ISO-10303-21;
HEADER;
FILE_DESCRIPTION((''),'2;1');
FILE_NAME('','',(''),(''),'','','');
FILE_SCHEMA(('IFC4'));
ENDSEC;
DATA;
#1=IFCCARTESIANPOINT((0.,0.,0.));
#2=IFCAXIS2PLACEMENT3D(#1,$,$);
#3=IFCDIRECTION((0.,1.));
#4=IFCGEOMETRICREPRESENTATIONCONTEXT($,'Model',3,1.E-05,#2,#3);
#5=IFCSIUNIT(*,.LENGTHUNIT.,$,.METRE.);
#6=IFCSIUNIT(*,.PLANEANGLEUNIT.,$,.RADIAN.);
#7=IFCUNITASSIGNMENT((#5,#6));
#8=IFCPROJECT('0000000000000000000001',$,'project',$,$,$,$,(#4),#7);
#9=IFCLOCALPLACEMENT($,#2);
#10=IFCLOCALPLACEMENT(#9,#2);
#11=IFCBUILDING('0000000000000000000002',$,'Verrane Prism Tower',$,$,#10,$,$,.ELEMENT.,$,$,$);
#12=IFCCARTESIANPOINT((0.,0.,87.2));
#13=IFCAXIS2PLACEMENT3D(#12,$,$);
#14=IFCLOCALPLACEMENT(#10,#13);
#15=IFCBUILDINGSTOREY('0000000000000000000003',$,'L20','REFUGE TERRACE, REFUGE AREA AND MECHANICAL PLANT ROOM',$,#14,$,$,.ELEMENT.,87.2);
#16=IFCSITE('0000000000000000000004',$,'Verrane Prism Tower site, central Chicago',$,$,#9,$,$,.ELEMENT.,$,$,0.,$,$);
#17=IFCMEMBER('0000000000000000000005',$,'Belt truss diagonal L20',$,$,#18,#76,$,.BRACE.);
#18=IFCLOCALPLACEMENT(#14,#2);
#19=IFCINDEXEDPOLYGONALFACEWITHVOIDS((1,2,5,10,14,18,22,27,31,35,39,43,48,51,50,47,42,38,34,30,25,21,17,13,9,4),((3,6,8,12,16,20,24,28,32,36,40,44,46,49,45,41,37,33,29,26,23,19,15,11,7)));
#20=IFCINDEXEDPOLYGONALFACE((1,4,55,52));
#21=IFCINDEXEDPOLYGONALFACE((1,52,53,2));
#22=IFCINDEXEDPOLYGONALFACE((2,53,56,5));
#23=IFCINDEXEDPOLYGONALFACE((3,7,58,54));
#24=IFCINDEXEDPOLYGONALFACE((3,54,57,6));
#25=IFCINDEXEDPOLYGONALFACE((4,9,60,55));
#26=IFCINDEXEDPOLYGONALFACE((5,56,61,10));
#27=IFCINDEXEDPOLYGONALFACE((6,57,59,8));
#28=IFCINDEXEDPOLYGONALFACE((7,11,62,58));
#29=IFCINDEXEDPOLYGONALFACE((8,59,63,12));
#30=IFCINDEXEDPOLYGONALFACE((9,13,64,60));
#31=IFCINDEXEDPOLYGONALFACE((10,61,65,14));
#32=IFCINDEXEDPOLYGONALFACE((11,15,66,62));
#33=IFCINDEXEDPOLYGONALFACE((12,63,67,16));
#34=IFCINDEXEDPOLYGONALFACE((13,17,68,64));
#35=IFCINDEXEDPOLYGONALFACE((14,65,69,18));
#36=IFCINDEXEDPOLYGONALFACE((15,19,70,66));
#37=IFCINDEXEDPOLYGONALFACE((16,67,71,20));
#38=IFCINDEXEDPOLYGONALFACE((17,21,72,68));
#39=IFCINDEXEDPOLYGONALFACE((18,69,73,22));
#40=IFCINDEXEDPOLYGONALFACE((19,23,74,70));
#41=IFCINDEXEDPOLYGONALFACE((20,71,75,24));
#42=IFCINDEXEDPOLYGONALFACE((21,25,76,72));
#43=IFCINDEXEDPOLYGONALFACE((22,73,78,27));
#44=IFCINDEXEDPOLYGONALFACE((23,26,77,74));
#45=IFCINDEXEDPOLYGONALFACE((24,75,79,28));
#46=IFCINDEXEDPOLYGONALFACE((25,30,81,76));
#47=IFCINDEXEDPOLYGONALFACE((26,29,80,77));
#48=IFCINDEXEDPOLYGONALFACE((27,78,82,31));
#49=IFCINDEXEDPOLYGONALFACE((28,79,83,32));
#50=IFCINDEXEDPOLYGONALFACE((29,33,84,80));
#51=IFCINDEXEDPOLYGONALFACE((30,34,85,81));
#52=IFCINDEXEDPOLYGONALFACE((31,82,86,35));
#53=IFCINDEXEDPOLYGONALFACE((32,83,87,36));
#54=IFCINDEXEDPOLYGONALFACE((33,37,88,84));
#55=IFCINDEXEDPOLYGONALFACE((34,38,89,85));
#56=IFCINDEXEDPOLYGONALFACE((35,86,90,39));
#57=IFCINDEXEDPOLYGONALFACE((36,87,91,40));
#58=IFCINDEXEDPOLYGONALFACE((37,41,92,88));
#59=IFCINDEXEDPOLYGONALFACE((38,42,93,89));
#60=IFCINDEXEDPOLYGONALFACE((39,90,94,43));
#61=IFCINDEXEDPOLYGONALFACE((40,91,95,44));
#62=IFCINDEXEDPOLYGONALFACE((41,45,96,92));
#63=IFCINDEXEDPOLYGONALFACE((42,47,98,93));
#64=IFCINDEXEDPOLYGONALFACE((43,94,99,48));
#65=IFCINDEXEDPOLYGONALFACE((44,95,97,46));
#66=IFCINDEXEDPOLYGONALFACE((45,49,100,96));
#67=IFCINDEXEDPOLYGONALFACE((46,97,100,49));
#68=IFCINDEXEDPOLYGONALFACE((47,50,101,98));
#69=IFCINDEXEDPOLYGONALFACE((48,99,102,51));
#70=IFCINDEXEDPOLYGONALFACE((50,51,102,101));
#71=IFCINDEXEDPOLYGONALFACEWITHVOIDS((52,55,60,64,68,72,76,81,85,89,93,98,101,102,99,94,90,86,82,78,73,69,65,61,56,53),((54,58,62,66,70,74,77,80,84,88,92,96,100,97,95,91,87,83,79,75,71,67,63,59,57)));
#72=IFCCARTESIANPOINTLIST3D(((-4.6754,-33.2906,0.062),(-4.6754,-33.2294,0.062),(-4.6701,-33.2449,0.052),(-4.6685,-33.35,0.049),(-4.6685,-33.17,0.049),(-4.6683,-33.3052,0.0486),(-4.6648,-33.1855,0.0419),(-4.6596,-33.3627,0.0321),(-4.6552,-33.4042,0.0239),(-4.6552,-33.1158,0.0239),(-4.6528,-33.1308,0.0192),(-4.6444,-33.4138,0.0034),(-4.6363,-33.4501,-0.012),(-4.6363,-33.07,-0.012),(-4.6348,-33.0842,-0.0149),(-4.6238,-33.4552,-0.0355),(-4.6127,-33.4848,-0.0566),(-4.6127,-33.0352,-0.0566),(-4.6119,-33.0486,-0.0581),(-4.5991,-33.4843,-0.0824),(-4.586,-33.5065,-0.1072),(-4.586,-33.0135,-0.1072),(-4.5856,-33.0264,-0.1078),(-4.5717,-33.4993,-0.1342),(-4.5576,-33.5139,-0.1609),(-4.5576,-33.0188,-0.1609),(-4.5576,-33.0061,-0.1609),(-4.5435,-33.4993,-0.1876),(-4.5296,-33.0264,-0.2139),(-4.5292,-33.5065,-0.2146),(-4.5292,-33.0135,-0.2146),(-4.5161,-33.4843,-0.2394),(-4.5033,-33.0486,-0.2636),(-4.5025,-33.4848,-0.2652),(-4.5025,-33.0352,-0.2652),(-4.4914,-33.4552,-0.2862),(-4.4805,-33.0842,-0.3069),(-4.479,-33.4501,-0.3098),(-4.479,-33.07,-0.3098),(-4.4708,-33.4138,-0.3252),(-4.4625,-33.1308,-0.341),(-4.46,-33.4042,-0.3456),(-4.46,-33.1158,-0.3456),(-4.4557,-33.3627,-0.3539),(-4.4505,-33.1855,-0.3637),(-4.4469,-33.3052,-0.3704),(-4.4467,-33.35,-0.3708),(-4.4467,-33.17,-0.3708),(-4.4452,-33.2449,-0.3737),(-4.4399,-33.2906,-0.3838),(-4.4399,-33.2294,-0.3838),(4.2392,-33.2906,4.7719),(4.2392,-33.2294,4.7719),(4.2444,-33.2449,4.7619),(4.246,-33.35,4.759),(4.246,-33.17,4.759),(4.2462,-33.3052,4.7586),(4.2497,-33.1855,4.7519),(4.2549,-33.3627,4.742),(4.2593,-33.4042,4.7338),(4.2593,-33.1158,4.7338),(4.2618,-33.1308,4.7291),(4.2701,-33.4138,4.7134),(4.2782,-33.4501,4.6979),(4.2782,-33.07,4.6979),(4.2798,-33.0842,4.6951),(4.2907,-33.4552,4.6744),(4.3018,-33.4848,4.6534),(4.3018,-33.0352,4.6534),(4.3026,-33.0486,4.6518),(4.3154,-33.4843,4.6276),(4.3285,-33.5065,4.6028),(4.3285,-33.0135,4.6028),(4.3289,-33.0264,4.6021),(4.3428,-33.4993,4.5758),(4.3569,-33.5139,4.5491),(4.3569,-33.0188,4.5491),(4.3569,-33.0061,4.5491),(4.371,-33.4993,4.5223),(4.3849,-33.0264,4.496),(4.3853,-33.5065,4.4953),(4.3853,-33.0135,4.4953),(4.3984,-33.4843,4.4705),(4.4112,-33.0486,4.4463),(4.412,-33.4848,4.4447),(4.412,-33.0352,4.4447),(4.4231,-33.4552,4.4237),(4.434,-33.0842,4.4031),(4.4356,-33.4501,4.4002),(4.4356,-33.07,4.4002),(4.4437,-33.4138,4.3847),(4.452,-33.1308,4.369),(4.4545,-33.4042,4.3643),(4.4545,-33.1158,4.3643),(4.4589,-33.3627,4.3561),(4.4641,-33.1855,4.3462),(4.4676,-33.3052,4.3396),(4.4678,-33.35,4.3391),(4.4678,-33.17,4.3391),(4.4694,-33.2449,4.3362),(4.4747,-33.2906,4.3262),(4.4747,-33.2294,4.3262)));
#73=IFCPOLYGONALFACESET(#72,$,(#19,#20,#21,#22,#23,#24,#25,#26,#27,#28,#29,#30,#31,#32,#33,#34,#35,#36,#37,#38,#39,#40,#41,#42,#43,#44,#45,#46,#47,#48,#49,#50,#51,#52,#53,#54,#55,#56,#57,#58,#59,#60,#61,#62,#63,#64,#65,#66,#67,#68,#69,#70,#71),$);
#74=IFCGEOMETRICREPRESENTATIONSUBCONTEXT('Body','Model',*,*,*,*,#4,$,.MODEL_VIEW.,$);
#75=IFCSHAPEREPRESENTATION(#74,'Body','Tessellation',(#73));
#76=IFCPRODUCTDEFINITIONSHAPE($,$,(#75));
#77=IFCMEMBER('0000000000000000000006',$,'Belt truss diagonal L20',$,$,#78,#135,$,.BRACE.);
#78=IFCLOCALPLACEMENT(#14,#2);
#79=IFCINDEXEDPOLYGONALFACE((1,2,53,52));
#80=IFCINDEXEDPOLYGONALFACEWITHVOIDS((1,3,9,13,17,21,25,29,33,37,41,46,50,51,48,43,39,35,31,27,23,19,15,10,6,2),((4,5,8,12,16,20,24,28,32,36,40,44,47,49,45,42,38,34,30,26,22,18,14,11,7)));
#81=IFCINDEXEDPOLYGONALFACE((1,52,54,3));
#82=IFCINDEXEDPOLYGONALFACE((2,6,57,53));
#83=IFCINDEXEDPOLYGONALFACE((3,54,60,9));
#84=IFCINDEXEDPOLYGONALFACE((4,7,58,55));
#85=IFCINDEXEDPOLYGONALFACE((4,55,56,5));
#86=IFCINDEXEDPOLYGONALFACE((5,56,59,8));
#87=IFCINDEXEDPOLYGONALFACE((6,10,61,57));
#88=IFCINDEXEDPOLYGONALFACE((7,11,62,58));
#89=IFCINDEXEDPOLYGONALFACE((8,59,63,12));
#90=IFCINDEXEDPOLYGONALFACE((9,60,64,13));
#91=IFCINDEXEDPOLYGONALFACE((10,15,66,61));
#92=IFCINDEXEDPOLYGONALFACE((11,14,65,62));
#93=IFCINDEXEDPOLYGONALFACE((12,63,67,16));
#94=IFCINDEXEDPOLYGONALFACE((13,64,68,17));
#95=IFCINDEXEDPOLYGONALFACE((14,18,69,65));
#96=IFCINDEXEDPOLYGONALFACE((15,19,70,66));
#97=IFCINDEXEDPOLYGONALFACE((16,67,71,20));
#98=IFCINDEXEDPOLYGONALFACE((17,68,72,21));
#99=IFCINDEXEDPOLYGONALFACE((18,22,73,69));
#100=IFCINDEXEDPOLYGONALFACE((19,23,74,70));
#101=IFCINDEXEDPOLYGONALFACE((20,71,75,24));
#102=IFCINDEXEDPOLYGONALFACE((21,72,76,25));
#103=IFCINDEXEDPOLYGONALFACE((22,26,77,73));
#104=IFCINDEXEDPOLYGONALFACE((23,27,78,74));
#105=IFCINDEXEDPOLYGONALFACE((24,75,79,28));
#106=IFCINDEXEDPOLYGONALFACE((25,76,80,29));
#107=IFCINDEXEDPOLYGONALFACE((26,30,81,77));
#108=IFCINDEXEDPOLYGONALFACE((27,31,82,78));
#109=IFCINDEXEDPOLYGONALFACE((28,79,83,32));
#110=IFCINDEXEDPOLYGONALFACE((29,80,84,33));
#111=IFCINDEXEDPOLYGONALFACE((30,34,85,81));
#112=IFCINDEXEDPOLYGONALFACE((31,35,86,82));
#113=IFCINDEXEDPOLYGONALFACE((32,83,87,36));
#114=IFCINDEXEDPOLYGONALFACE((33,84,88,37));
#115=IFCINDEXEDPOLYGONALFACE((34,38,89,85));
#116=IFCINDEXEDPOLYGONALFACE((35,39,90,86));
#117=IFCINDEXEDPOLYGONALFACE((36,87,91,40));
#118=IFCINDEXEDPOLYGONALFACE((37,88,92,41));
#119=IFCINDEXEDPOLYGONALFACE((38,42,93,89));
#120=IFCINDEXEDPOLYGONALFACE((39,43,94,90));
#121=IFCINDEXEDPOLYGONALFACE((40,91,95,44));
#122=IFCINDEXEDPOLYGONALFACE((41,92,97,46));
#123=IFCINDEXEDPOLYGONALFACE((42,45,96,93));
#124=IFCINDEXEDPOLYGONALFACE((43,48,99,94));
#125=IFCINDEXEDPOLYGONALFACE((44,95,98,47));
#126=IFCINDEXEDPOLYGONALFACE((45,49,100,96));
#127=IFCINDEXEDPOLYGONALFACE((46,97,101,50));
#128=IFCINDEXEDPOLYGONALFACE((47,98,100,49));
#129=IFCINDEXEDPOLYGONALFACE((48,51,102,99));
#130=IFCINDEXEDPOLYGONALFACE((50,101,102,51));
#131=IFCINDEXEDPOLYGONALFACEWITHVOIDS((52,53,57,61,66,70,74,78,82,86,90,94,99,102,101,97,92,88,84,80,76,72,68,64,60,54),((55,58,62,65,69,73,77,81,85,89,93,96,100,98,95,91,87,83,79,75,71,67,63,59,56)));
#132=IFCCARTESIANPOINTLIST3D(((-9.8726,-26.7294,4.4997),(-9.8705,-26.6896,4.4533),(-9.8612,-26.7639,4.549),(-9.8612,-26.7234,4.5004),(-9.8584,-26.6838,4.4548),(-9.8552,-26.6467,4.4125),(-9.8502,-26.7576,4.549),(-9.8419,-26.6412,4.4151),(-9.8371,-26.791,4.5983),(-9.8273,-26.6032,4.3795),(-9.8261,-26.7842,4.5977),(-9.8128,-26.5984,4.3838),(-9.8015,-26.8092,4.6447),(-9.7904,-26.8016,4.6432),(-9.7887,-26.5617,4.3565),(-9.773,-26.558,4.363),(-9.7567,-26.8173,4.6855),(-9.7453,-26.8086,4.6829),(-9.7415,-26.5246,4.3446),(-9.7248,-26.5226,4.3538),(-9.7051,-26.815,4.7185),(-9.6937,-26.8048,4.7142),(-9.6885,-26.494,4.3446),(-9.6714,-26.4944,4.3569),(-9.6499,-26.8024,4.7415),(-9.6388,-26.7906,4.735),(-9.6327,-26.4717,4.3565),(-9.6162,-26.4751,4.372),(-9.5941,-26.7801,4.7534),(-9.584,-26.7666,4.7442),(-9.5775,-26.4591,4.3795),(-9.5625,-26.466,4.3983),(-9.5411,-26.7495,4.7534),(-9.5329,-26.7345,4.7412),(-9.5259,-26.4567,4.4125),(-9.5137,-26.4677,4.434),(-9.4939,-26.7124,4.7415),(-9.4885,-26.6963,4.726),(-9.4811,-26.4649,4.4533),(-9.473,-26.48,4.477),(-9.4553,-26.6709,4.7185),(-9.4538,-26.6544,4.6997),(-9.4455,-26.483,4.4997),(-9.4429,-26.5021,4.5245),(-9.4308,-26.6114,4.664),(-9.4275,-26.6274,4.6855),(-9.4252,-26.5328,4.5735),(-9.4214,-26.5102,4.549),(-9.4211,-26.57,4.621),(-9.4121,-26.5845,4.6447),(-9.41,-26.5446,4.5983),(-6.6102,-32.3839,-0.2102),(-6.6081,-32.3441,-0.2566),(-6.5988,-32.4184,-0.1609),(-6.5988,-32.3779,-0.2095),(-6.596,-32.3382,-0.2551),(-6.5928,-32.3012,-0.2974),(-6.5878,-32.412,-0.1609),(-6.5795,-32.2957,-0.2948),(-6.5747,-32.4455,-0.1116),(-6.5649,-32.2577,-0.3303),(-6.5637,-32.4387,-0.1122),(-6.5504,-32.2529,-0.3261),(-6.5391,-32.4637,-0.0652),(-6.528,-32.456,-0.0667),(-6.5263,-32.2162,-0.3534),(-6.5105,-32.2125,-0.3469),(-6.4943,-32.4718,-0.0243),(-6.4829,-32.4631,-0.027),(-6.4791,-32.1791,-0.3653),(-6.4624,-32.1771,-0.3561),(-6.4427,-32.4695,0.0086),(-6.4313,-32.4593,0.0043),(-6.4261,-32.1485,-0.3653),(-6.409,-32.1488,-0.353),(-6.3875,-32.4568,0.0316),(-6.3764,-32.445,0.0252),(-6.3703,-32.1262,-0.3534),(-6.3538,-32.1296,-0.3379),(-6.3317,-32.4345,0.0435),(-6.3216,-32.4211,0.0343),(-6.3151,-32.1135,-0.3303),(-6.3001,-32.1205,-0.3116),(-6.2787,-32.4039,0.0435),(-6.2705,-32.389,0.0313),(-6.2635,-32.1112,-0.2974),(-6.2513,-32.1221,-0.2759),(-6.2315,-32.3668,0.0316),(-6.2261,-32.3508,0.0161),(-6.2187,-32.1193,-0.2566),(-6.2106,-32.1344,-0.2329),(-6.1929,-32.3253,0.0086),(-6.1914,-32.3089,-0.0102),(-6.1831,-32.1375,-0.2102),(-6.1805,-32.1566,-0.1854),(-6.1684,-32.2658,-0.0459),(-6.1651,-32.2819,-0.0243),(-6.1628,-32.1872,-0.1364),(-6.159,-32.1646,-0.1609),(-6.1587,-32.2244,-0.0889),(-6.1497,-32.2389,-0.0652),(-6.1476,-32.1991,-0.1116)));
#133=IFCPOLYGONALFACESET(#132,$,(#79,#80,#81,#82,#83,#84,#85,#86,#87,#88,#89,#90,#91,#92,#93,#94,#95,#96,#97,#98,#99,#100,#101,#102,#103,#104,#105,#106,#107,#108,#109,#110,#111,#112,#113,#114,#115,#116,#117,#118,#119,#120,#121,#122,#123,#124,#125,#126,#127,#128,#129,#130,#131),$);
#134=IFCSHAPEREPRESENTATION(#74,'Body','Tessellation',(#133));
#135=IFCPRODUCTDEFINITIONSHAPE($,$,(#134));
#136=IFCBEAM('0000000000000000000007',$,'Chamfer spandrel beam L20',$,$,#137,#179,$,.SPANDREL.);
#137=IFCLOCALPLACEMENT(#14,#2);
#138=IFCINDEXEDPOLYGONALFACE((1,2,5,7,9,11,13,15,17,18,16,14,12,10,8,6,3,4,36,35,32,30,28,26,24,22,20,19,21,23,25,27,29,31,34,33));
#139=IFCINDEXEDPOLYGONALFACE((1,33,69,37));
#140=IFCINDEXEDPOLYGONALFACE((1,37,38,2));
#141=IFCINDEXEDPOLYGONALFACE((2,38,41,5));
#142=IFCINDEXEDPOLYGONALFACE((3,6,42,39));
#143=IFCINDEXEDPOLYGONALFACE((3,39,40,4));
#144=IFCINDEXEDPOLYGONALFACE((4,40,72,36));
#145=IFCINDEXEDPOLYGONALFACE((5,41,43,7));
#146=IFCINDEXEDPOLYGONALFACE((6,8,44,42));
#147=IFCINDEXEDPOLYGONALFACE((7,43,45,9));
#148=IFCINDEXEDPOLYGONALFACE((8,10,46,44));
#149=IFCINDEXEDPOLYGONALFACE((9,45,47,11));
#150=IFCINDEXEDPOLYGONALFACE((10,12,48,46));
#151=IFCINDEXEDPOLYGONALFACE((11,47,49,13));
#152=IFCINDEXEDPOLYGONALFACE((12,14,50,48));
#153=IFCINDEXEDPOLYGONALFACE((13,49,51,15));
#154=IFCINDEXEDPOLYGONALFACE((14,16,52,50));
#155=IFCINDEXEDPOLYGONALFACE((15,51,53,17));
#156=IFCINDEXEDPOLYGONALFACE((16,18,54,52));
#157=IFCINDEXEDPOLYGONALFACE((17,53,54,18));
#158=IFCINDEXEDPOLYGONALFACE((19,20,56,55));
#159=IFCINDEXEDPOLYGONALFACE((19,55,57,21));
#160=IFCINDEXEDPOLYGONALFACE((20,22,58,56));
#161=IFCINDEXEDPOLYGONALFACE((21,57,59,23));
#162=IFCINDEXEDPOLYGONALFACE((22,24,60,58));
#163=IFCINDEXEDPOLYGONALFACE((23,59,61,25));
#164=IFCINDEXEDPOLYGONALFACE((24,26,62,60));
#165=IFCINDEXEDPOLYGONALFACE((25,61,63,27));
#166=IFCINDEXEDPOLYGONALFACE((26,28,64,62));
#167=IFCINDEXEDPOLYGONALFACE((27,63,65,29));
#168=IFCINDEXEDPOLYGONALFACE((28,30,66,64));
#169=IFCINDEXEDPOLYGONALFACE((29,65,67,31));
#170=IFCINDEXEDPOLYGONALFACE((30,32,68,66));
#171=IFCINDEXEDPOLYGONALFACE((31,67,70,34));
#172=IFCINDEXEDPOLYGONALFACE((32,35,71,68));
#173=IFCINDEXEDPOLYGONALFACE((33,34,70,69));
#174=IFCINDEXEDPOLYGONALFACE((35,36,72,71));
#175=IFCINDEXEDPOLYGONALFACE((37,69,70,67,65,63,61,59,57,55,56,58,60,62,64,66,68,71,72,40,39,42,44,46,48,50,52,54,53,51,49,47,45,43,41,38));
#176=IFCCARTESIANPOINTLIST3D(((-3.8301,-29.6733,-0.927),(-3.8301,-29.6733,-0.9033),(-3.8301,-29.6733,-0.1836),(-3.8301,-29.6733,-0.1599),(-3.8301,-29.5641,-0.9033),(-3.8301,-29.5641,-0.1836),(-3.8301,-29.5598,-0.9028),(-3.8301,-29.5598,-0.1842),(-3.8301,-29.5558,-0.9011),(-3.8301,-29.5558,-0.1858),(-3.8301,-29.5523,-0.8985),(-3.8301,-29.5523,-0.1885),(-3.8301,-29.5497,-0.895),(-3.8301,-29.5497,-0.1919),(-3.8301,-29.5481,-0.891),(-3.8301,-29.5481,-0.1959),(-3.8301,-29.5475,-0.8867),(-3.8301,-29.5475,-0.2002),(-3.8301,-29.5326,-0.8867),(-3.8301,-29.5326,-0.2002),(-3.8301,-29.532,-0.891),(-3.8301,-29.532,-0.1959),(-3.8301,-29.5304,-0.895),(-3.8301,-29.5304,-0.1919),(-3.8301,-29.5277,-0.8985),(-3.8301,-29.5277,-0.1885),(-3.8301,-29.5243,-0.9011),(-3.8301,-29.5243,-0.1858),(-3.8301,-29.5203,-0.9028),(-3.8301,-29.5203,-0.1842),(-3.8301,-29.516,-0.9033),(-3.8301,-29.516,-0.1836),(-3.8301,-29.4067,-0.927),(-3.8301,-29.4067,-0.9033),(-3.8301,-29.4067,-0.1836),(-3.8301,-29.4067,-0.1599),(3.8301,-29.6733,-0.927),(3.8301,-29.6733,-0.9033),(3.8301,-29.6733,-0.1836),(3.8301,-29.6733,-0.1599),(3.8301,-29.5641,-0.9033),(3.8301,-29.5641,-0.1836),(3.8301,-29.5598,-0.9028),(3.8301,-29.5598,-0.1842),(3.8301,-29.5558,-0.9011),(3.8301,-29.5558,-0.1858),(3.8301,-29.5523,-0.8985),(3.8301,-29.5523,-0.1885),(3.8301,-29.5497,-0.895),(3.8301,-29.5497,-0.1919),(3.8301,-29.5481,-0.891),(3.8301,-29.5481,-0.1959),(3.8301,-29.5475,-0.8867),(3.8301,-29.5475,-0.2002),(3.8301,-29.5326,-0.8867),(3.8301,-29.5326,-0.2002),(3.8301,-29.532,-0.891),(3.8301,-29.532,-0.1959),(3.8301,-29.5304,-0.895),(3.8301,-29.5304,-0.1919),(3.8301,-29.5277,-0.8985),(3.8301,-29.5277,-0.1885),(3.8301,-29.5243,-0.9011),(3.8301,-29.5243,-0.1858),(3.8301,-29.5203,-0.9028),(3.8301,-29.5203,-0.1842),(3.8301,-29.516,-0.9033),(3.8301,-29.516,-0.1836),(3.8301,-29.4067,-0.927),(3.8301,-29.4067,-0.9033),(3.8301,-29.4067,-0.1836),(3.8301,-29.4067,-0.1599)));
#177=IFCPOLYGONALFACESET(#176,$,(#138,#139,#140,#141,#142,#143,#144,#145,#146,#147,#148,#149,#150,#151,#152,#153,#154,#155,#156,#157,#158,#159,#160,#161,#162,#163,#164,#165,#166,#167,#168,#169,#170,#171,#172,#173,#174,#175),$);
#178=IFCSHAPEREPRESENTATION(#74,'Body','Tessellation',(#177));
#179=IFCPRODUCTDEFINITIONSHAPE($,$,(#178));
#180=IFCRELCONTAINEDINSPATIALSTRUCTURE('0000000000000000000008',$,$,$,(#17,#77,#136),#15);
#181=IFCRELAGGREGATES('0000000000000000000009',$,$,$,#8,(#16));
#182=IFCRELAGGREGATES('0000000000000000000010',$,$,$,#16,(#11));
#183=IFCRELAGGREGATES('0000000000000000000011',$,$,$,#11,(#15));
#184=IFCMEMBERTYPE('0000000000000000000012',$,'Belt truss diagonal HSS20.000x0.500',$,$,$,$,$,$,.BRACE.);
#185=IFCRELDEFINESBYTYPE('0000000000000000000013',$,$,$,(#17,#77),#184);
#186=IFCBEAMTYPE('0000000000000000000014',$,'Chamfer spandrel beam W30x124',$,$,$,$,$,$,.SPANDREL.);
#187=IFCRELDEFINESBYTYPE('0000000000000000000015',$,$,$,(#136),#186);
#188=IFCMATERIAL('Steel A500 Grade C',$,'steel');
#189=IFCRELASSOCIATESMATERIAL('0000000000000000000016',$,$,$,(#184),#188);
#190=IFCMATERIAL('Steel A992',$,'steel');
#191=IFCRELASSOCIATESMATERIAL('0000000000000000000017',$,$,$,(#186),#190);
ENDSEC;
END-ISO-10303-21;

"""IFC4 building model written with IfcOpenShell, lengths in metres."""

from ifc_helpers import new_model, si_unit, direction, frame, origin, origin_2d, place, context, subcontext, project, spatial, hollow_circle, i_section, extrude, material, material_profile, profile_set, type_object, element, save


model = new_model("IFC4")

# Units and contexts
model_context = context("Model", 3, precision=1e-05, world=origin(), true_north=direction((0.0, 1.0)))
body_context = subcontext(model_context, "Body", "Model", "MODEL_VIEW")
ifc_project = project(units=[si_unit("LENGTHUNIT", "METRE"), si_unit("PLANEANGLEUNIT", "RADIAN")], contexts=[model_context])

# Site, building, storey
site_placement = place(None, origin())
site = spatial("IfcSite", under=ifc_project, at=site_placement, Name="Verrane Prism Tower site, central Chicago", CompositionType="ELEMENT", RefElevation=0.0)
building_placement = place(site_placement, origin())
building = spatial("IfcBuilding", under=site, at=building_placement, Name="Verrane Prism Tower", CompositionType="ELEMENT")
storey_placement = place(building_placement, frame((0.0, 0.0, 87.2)))
storey = spatial("IfcBuildingStorey", under=building, at=storey_placement, Name="L20", Description="REFUGE TERRACE, REFUGE AREA AND MECHANICAL PLANT ROOM", CompositionType="ELEMENT", Elevation=87.2)

# Members
ifc_material_1 = material(Name="Steel A500 Grade C", Category="steel")
ifc_material_profile_1 = material_profile(ifc_material_1, hollow_circle(Radius=0.2539, WallThickness=0.0127, at=origin_2d()), Name="HSS20.000x0.500")
ifc_profile_set_1 = profile_set([ifc_material_profile_1], Name="Steel A500 Grade C")
member_type_1 = type_object("IfcMemberType", Name="Belt truss diagonal HSS20.000x0.500", PredefinedType="BRACE", material=ifc_profile_set_1)
member_1_placement = place(storey_placement, frame((-4.5576, -33.26, -0.1609), z_axis=(0.884178, 0.0, 0.467151), x_axis=(0.0, 1.0, 0.0)))
element("IfcMember", 1, at=member_1_placement, inside=storey, type_object=member_type_1, Name="Belt truss diagonal L20", PredefinedType="BRACE", context=body_context, shape_type="SweptSolid", body=[
    extrude(hollow_circle(Radius=0.2539, WallThickness=0.0127, at=origin_2d()), origin(), (0.0, 0.0, 1.0), 10.0823),
])
member_2_placement = place(storey_placement, frame((-6.3789, -32.2915, -0.1609), z_axis=(-0.405278, 0.702435, 0.585094), x_axis=(-0.866171, -0.499747, 0.0)))
element("IfcMember", 2, at=member_2_placement, inside=storey, type_object=member_type_1, Name="Belt truss diagonal L20", PredefinedType="BRACE", context=body_context, shape_type="SweptSolid", body=[
    extrude(hollow_circle(Radius=0.2539, WallThickness=0.0127, at=origin_2d()), origin(), (0.0, 0.0, 1.0), 8.0498),
])

# Beam
ifc_material_2 = material(Name="Steel A992", Category="steel")
ifc_material_profile_2 = material_profile(ifc_material_2, i_section(OverallWidth=0.2666, OverallDepth=0.7671, WebThickness=0.0149, FlangeThickness=0.0237, FilletRadius=0.0166, at=origin_2d()), Name="W30x124")
ifc_profile_set_2 = profile_set([ifc_material_profile_2], Name="Steel A992")
beam_type_1 = type_object("IfcBeamType", Name="Chamfer spandrel beam W30x124", PredefinedType="SPANDREL", material=ifc_profile_set_2)
beam_1_placement = place(storey_placement, frame((-3.8301, -29.54, -0.5435), z_axis=(1.0, 0.0, 0.0), x_axis=(0.0, 1.0, 0.0)))
element("IfcBeam", 3, at=beam_1_placement, inside=storey, type_object=beam_type_1, Name="Chamfer spandrel beam L20", PredefinedType="SPANDREL", context=body_context, shape_type="SweptSolid", body=[
    extrude(i_section(OverallWidth=0.2666, OverallDepth=0.7671, WebThickness=0.0149, FlangeThickness=0.0237, FilletRadius=0.0166, at=origin_2d()), origin(), (0.0, 0.0, 1.0), 7.6602),
])

save(model, "model.ifc")
